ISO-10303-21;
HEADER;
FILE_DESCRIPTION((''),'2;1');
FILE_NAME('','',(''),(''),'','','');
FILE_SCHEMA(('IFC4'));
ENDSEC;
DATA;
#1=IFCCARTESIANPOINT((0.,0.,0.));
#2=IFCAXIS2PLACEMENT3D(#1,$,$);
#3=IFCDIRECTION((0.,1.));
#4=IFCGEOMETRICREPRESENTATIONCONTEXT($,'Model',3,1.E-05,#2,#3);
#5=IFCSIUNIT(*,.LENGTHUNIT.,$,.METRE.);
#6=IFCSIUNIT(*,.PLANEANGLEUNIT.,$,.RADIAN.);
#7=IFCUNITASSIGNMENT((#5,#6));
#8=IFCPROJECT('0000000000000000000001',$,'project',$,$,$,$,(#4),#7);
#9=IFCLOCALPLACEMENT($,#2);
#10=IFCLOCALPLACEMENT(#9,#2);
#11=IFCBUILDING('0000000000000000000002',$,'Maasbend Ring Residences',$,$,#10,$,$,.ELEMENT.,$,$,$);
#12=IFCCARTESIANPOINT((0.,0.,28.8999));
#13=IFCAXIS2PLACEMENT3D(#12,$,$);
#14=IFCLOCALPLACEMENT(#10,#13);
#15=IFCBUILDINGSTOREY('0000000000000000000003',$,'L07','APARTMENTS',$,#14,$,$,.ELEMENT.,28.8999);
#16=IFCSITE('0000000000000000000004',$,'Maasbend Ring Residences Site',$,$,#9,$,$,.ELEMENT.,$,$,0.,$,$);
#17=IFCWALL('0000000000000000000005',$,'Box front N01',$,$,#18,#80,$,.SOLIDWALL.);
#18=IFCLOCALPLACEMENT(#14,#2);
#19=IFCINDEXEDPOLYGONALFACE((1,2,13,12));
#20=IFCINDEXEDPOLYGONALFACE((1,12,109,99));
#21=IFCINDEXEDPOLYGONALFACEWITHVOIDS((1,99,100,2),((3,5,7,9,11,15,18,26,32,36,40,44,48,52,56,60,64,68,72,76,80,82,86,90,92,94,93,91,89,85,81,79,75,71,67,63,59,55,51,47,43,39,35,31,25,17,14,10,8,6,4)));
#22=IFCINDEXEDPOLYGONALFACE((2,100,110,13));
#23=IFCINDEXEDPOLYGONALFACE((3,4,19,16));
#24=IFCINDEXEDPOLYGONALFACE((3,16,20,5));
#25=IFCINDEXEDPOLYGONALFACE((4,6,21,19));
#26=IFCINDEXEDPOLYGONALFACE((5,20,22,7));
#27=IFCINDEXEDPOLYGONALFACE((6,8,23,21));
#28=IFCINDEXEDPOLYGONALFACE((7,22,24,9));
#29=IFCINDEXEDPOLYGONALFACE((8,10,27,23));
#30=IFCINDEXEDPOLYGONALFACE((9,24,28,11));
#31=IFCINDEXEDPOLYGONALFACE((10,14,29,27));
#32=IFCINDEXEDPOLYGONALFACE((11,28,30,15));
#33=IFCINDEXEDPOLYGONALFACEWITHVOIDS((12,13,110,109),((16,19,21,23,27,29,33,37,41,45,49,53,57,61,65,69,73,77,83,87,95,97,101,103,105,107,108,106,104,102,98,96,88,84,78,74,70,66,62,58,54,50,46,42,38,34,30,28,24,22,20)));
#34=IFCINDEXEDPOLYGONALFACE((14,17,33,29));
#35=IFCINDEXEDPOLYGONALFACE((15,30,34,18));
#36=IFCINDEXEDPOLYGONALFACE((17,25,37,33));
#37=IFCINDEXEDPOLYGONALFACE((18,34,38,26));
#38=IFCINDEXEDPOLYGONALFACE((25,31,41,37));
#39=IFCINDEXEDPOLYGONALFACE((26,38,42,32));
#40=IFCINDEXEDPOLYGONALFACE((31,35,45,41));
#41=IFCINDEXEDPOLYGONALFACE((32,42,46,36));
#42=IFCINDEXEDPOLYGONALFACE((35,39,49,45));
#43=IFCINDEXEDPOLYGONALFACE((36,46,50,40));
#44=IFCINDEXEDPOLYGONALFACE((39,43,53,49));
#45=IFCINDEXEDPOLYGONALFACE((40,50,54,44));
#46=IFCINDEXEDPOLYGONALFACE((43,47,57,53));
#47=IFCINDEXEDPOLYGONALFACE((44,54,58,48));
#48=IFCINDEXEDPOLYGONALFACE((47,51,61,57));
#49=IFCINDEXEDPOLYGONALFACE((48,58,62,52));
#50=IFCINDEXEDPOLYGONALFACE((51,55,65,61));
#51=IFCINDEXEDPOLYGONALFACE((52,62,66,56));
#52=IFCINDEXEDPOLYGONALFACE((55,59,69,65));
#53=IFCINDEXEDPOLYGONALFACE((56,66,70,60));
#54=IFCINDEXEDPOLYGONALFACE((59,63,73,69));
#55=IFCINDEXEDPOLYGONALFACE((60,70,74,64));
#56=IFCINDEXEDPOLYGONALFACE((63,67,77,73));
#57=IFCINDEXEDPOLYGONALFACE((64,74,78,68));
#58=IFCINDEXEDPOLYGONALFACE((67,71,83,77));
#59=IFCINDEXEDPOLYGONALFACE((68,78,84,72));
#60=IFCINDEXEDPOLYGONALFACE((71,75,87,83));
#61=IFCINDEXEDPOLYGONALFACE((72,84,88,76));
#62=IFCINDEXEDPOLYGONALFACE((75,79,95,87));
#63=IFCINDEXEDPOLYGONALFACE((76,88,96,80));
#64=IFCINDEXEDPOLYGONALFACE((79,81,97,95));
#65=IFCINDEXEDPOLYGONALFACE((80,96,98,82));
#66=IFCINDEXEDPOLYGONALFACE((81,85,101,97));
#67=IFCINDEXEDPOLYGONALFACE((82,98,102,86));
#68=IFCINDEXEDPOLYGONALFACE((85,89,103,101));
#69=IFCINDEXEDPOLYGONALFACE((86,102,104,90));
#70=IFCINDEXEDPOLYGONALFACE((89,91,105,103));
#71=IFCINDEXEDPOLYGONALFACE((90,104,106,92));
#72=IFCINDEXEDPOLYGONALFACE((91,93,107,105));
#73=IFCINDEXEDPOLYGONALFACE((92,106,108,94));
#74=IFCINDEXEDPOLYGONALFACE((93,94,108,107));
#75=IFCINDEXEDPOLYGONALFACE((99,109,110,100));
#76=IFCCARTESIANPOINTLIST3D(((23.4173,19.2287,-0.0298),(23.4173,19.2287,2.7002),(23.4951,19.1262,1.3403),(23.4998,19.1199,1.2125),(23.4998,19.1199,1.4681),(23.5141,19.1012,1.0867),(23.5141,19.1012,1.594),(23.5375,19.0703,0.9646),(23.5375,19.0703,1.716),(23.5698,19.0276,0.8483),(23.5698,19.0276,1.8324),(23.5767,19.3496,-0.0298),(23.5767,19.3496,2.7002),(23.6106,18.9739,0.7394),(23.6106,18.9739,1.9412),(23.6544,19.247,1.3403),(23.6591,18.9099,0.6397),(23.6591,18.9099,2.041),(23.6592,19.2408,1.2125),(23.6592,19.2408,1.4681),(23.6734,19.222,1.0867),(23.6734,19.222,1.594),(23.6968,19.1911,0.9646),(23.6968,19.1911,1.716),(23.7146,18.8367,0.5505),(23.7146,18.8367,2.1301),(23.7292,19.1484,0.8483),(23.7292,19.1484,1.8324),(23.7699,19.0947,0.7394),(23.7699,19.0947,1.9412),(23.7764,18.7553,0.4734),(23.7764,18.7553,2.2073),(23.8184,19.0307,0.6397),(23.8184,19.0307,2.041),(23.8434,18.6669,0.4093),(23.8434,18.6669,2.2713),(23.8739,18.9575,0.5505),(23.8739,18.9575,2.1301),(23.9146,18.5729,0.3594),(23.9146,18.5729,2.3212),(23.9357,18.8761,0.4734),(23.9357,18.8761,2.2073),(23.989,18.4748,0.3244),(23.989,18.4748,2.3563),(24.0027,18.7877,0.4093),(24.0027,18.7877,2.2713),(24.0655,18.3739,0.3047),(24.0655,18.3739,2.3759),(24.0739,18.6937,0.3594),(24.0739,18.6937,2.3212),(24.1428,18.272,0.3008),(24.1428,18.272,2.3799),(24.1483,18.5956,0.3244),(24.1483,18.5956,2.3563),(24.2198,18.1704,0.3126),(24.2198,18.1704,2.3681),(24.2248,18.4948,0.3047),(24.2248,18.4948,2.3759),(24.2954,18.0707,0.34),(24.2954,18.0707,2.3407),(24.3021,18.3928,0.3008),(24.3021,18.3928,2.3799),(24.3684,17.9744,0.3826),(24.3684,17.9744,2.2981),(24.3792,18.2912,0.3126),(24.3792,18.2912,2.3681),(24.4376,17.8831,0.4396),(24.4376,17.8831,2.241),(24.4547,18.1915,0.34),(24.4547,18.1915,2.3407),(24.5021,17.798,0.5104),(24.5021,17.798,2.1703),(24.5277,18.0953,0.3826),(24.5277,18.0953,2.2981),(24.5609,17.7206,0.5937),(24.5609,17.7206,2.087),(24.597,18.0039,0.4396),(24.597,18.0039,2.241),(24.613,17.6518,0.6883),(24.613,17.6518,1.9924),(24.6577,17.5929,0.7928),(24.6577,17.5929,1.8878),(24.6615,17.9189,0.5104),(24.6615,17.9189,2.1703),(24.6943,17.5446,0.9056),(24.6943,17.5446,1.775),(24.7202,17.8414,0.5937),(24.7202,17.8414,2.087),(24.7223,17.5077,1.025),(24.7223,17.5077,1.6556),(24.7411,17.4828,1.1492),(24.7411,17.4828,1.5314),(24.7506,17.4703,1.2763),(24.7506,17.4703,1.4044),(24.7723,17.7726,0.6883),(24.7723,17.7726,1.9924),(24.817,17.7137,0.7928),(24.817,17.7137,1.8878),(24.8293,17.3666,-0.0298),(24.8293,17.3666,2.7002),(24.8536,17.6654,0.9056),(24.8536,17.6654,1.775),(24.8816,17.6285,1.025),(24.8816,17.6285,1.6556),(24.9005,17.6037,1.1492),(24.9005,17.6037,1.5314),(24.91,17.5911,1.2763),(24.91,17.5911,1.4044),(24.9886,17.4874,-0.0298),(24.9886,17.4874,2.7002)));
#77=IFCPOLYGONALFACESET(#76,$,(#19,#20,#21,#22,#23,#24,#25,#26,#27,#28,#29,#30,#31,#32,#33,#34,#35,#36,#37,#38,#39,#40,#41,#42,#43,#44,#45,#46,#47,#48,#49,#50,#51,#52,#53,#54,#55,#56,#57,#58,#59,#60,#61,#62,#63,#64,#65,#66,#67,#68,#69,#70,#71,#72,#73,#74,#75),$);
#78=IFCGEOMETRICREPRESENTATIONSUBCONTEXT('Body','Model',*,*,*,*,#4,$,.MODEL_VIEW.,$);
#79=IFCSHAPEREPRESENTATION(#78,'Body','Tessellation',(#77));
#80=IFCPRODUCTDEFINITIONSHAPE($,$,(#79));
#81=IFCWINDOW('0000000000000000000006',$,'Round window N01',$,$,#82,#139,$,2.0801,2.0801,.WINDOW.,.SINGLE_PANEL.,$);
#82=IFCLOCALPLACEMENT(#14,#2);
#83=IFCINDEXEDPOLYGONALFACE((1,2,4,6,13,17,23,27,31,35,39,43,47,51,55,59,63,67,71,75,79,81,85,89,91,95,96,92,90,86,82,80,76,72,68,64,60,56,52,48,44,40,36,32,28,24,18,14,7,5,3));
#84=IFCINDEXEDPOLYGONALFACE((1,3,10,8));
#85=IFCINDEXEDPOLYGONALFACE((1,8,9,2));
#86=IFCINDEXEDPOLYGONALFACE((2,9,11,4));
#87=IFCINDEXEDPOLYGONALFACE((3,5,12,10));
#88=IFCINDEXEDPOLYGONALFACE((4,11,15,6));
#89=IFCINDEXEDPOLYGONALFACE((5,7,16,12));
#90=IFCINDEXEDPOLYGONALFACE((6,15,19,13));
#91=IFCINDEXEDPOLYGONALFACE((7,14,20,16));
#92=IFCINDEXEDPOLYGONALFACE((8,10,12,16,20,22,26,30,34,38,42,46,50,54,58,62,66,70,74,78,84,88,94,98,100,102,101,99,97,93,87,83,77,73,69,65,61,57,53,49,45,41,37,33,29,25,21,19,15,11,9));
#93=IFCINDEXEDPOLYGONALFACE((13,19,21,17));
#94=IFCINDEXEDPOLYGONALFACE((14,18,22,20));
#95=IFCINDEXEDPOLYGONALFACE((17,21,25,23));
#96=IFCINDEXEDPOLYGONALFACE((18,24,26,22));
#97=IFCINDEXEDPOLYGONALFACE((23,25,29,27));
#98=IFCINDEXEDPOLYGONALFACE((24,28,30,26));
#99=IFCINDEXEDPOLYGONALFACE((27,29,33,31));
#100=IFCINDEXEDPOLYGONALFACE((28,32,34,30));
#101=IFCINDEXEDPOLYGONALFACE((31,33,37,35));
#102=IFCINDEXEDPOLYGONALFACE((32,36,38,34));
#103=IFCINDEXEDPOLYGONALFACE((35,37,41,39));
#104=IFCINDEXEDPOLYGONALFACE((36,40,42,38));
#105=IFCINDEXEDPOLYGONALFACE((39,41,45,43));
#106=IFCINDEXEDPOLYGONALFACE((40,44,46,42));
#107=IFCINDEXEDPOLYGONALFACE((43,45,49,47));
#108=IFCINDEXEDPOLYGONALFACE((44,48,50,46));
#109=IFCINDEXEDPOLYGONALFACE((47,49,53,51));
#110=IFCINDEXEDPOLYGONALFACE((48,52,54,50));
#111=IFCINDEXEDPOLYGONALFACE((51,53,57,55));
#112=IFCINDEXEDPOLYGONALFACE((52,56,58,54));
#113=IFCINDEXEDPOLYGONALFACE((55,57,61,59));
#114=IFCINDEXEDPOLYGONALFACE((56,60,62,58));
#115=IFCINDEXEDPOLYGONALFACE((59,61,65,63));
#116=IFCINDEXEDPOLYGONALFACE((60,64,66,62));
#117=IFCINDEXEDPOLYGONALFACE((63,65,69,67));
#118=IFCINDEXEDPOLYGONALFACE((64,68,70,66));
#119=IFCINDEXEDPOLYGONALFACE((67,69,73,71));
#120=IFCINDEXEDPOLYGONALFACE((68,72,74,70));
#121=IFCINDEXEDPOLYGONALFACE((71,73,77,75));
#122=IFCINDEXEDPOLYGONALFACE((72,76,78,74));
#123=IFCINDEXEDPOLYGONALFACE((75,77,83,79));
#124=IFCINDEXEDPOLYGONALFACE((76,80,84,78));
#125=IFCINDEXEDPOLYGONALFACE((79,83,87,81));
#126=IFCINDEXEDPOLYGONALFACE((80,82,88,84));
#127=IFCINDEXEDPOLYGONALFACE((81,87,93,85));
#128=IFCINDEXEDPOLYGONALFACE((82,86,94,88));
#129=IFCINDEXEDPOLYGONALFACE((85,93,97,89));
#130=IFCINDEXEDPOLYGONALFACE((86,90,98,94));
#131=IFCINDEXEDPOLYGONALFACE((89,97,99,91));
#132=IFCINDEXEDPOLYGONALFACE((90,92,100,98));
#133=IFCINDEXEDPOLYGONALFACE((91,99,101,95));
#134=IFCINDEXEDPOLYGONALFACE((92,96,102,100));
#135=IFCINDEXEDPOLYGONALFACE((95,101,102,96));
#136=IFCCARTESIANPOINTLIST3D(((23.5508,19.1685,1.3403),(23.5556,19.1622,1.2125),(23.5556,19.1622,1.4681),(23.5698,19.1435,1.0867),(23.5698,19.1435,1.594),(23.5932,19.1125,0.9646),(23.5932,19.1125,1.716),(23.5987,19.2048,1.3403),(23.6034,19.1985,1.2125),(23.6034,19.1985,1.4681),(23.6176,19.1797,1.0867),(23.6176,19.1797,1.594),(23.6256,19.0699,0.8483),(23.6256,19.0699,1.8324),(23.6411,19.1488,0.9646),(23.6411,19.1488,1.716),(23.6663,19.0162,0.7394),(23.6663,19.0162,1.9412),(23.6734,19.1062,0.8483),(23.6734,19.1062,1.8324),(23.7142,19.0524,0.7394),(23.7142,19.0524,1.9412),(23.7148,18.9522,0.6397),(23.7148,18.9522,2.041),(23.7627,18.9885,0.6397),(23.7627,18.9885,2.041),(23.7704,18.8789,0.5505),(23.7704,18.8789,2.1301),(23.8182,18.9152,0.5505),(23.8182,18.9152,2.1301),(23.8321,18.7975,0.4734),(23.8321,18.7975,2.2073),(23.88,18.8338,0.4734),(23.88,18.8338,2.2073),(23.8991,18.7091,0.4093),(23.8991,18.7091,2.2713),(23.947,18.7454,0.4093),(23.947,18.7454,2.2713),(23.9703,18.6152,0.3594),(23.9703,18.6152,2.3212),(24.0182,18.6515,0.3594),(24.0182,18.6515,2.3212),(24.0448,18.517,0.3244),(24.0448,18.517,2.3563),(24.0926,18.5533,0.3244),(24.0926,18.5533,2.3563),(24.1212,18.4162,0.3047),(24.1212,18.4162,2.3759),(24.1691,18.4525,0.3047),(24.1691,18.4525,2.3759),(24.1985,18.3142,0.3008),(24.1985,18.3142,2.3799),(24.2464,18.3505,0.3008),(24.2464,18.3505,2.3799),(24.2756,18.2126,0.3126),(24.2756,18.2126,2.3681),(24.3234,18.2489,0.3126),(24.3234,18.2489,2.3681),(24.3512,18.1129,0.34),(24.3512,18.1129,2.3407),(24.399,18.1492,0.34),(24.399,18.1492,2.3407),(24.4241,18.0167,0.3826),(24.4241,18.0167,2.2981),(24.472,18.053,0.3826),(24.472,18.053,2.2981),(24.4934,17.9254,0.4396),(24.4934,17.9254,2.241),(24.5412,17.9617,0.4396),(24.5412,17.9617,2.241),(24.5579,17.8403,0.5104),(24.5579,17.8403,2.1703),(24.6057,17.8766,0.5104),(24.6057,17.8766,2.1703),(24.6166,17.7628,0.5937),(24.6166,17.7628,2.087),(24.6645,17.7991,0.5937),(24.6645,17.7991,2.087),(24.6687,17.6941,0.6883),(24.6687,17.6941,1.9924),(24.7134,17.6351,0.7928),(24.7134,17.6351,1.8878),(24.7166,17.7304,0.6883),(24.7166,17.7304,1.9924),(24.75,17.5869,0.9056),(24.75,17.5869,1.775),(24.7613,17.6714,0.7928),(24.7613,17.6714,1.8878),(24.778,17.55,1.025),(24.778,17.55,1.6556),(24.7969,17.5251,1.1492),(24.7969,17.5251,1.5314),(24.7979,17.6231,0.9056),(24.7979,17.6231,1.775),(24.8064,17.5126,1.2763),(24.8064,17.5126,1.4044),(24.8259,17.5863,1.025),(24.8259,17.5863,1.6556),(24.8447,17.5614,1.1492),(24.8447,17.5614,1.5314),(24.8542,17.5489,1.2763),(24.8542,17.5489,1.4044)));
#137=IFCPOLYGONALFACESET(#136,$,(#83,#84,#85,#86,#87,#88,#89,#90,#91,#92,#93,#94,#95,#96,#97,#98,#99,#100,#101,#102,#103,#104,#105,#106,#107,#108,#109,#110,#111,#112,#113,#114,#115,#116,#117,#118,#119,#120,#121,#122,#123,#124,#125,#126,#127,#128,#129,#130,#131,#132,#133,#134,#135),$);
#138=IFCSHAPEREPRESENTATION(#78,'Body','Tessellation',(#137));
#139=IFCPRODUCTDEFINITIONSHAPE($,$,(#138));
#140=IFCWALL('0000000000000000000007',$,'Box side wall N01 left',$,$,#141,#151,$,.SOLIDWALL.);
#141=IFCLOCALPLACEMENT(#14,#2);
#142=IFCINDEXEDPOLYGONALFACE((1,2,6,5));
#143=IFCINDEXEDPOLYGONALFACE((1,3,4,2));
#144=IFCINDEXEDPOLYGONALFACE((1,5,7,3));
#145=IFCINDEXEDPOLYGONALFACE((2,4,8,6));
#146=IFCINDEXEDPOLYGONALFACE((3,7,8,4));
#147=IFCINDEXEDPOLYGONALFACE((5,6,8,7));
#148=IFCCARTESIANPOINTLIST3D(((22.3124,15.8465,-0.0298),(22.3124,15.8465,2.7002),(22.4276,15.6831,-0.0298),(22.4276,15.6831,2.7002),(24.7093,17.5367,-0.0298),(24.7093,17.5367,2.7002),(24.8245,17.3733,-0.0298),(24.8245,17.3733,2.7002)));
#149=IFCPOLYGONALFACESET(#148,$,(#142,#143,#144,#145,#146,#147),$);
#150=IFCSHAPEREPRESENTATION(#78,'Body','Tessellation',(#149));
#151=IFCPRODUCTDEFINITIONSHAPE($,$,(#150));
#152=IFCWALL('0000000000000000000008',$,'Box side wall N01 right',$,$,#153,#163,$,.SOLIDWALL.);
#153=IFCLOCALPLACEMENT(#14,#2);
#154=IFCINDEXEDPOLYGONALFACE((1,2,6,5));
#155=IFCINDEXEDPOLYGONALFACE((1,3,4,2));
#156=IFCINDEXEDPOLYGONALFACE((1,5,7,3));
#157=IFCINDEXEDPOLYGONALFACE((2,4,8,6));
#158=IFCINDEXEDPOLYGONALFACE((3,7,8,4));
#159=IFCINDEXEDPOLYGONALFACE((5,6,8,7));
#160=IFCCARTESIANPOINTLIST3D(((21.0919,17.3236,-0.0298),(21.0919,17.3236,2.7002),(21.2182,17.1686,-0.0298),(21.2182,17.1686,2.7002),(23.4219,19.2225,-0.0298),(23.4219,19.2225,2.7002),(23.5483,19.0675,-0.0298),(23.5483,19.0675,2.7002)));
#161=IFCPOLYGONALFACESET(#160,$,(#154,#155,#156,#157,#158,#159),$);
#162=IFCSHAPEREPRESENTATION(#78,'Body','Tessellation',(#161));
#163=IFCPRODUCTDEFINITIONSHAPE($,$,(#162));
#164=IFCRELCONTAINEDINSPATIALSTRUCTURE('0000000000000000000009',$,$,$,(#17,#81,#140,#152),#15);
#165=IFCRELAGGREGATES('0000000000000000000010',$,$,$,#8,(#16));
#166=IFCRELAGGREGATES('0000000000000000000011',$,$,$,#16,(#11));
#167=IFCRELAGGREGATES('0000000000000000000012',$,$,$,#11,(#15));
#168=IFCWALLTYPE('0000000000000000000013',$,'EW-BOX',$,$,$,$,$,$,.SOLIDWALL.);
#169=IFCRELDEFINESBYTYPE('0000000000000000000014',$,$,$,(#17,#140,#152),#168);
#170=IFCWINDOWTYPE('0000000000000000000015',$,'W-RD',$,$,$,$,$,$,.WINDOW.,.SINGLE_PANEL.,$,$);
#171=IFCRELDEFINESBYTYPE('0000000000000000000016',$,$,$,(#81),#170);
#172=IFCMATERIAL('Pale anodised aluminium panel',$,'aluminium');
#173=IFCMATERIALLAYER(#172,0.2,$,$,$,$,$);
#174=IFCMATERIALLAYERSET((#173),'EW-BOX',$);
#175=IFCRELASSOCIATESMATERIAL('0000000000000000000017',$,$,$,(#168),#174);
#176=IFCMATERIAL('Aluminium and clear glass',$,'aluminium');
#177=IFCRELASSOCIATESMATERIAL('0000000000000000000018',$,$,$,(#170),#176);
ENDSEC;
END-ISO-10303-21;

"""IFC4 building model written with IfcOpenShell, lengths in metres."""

from ifc_helpers import new_model, si_unit, direction, frame, frame_2d, origin, place, context, subcontext, project, spatial, rectangle, circle, extrude, material, layer, layer_set, type_object, element, fill, save


model = new_model("IFC4")

# Units and contexts
model_context = context("Model", 3, precision=1e-05, world=origin(), true_north=direction((0.0, 1.0)))
body_context = subcontext(model_context, "Body", "Model", "MODEL_VIEW")
ifc_project = project(units=[si_unit("LENGTHUNIT", "METRE"), si_unit("PLANEANGLEUNIT", "RADIAN")], contexts=[model_context])

# Site, building, storey
site_placement = place(None, origin())
site = spatial("IfcSite", under=ifc_project, at=site_placement, Name="Maasbend Ring Residences Site", CompositionType="ELEMENT", RefElevation=0.0)
building_placement = place(site_placement, origin())
building = spatial("IfcBuilding", under=site, at=building_placement, Name="Maasbend Ring Residences", CompositionType="ELEMENT")
storey_placement = place(building_placement, frame((0.0, 0.0, 28.8999)))
storey = spatial("IfcBuildingStorey", under=building, at=storey_placement, Name="L07", Description="APARTMENTS", CompositionType="ELEMENT", Elevation=28.8999)

# Wall, opening, window
ifc_material_1 = material(Name="Pale anodised aluminium panel", Category="aluminium")
ifc_layer_1 = layer(ifc_material_1, 0.2)
ifc_layer_set_1 = layer_set([ifc_layer_1], Name="EW-BOX")
wall_type_1 = type_object("IfcWallType", Name="EW-BOX", PredefinedType="SOLIDWALL", material=ifc_layer_set_1)
wall_1_placement = place(storey_placement, frame((24.9089, 17.427, -0.0298), z_axis=(0.0, 0.0, 1.0), x_axis=(-0.604188, 0.796842, 0.0)))
wall_1 = element("IfcWall", 1, at=wall_1_placement, inside=storey, type_object=wall_type_1, Name="Box front N01", PredefinedType="SOLIDWALL", context=body_context, shape_type="SweptSolid", body=[
    extrude(rectangle(XDim=2.3369, YDim=0.2, at=frame_2d((1.1685, 0.0))), origin(), (0.0, 0.0, 1.0), 2.73),
])
opening_1_placement = place(wall_1_placement, frame((0.1282, 0.0, 0.3301)))
opening_1 = element("IfcOpeningElement", 2, at=opening_1_placement, cuts=wall_1, PredefinedType="OPENING", context=body_context, shape_type="SweptSolid", body=[
    extrude(circle(Radius=1.04, at=frame_2d((1.04, 1.04))), frame((0.0, 0.1099, 0.0), z_axis=(0.0, -1.0, 0.0), x_axis=(1.0, 0.0, 0.0)), (0.0, 0.0, 1.0), 0.22),
])
ifc_material_2 = material(Name="Aluminium and clear glass", Category="aluminium")
window_type_1 = type_object("IfcWindowType", Name="W-RD", PartitioningType="SINGLE_PANEL", PredefinedType="WINDOW", material=ifc_material_2)
window_1_placement = place(opening_1_placement, origin())
window_1 = element("IfcWindow", 3, at=window_1_placement, inside=storey, type_object=window_type_1, Name="Round window N01", OverallHeight=2.0801, OverallWidth=2.0801, PartitioningType="SINGLE_PANEL", PredefinedType="WINDOW", context=body_context, shape_type="SweptSolid", body=[
    extrude(circle(Radius=1.04, at=frame_2d((1.04, 1.04))), frame((0.0, 0.03, 0.0), z_axis=(0.0, -1.0, 0.0), x_axis=(1.0, 0.0, 0.0)), (0.0, 0.0, 1.0), 0.0601),
])
fill(opening_1, window_1)

# Walls
wall_2_placement = place(storey_placement, frame((22.3701, 15.7649, -0.0298), z_axis=(0.0, 0.0, 1.0), x_axis=(0.817256, 0.576275, 0.0)))
element("IfcWall", 4, at=wall_2_placement, inside=storey, type_object=wall_type_1, Name="Box side wall N01 left", PredefinedType="SOLIDWALL", context=body_context, shape_type="SweptSolid", body=[
    extrude(rectangle(XDim=2.9329, YDim=0.2, at=frame_2d((1.4663, 0.0))), origin(), (0.0, 0.0, 1.0), 2.73),
])
wall_3_placement = place(storey_placement, frame((21.155, 17.2461, -0.0298), z_axis=(0.0, 0.0, 1.0), x_axis=(0.775179, 0.631742, 0.0)))
element("IfcWall", 5, at=wall_3_placement, inside=storey, type_object=wall_type_1, Name="Box side wall N01 right", PredefinedType="SOLIDWALL", context=body_context, shape_type="SweptSolid", body=[
    extrude(rectangle(XDim=3.0059, YDim=0.2, at=frame_2d((1.5029, 0.0))), origin(), (0.0, 0.0, 1.0), 2.73),
])

save(model, "model.ifc")
